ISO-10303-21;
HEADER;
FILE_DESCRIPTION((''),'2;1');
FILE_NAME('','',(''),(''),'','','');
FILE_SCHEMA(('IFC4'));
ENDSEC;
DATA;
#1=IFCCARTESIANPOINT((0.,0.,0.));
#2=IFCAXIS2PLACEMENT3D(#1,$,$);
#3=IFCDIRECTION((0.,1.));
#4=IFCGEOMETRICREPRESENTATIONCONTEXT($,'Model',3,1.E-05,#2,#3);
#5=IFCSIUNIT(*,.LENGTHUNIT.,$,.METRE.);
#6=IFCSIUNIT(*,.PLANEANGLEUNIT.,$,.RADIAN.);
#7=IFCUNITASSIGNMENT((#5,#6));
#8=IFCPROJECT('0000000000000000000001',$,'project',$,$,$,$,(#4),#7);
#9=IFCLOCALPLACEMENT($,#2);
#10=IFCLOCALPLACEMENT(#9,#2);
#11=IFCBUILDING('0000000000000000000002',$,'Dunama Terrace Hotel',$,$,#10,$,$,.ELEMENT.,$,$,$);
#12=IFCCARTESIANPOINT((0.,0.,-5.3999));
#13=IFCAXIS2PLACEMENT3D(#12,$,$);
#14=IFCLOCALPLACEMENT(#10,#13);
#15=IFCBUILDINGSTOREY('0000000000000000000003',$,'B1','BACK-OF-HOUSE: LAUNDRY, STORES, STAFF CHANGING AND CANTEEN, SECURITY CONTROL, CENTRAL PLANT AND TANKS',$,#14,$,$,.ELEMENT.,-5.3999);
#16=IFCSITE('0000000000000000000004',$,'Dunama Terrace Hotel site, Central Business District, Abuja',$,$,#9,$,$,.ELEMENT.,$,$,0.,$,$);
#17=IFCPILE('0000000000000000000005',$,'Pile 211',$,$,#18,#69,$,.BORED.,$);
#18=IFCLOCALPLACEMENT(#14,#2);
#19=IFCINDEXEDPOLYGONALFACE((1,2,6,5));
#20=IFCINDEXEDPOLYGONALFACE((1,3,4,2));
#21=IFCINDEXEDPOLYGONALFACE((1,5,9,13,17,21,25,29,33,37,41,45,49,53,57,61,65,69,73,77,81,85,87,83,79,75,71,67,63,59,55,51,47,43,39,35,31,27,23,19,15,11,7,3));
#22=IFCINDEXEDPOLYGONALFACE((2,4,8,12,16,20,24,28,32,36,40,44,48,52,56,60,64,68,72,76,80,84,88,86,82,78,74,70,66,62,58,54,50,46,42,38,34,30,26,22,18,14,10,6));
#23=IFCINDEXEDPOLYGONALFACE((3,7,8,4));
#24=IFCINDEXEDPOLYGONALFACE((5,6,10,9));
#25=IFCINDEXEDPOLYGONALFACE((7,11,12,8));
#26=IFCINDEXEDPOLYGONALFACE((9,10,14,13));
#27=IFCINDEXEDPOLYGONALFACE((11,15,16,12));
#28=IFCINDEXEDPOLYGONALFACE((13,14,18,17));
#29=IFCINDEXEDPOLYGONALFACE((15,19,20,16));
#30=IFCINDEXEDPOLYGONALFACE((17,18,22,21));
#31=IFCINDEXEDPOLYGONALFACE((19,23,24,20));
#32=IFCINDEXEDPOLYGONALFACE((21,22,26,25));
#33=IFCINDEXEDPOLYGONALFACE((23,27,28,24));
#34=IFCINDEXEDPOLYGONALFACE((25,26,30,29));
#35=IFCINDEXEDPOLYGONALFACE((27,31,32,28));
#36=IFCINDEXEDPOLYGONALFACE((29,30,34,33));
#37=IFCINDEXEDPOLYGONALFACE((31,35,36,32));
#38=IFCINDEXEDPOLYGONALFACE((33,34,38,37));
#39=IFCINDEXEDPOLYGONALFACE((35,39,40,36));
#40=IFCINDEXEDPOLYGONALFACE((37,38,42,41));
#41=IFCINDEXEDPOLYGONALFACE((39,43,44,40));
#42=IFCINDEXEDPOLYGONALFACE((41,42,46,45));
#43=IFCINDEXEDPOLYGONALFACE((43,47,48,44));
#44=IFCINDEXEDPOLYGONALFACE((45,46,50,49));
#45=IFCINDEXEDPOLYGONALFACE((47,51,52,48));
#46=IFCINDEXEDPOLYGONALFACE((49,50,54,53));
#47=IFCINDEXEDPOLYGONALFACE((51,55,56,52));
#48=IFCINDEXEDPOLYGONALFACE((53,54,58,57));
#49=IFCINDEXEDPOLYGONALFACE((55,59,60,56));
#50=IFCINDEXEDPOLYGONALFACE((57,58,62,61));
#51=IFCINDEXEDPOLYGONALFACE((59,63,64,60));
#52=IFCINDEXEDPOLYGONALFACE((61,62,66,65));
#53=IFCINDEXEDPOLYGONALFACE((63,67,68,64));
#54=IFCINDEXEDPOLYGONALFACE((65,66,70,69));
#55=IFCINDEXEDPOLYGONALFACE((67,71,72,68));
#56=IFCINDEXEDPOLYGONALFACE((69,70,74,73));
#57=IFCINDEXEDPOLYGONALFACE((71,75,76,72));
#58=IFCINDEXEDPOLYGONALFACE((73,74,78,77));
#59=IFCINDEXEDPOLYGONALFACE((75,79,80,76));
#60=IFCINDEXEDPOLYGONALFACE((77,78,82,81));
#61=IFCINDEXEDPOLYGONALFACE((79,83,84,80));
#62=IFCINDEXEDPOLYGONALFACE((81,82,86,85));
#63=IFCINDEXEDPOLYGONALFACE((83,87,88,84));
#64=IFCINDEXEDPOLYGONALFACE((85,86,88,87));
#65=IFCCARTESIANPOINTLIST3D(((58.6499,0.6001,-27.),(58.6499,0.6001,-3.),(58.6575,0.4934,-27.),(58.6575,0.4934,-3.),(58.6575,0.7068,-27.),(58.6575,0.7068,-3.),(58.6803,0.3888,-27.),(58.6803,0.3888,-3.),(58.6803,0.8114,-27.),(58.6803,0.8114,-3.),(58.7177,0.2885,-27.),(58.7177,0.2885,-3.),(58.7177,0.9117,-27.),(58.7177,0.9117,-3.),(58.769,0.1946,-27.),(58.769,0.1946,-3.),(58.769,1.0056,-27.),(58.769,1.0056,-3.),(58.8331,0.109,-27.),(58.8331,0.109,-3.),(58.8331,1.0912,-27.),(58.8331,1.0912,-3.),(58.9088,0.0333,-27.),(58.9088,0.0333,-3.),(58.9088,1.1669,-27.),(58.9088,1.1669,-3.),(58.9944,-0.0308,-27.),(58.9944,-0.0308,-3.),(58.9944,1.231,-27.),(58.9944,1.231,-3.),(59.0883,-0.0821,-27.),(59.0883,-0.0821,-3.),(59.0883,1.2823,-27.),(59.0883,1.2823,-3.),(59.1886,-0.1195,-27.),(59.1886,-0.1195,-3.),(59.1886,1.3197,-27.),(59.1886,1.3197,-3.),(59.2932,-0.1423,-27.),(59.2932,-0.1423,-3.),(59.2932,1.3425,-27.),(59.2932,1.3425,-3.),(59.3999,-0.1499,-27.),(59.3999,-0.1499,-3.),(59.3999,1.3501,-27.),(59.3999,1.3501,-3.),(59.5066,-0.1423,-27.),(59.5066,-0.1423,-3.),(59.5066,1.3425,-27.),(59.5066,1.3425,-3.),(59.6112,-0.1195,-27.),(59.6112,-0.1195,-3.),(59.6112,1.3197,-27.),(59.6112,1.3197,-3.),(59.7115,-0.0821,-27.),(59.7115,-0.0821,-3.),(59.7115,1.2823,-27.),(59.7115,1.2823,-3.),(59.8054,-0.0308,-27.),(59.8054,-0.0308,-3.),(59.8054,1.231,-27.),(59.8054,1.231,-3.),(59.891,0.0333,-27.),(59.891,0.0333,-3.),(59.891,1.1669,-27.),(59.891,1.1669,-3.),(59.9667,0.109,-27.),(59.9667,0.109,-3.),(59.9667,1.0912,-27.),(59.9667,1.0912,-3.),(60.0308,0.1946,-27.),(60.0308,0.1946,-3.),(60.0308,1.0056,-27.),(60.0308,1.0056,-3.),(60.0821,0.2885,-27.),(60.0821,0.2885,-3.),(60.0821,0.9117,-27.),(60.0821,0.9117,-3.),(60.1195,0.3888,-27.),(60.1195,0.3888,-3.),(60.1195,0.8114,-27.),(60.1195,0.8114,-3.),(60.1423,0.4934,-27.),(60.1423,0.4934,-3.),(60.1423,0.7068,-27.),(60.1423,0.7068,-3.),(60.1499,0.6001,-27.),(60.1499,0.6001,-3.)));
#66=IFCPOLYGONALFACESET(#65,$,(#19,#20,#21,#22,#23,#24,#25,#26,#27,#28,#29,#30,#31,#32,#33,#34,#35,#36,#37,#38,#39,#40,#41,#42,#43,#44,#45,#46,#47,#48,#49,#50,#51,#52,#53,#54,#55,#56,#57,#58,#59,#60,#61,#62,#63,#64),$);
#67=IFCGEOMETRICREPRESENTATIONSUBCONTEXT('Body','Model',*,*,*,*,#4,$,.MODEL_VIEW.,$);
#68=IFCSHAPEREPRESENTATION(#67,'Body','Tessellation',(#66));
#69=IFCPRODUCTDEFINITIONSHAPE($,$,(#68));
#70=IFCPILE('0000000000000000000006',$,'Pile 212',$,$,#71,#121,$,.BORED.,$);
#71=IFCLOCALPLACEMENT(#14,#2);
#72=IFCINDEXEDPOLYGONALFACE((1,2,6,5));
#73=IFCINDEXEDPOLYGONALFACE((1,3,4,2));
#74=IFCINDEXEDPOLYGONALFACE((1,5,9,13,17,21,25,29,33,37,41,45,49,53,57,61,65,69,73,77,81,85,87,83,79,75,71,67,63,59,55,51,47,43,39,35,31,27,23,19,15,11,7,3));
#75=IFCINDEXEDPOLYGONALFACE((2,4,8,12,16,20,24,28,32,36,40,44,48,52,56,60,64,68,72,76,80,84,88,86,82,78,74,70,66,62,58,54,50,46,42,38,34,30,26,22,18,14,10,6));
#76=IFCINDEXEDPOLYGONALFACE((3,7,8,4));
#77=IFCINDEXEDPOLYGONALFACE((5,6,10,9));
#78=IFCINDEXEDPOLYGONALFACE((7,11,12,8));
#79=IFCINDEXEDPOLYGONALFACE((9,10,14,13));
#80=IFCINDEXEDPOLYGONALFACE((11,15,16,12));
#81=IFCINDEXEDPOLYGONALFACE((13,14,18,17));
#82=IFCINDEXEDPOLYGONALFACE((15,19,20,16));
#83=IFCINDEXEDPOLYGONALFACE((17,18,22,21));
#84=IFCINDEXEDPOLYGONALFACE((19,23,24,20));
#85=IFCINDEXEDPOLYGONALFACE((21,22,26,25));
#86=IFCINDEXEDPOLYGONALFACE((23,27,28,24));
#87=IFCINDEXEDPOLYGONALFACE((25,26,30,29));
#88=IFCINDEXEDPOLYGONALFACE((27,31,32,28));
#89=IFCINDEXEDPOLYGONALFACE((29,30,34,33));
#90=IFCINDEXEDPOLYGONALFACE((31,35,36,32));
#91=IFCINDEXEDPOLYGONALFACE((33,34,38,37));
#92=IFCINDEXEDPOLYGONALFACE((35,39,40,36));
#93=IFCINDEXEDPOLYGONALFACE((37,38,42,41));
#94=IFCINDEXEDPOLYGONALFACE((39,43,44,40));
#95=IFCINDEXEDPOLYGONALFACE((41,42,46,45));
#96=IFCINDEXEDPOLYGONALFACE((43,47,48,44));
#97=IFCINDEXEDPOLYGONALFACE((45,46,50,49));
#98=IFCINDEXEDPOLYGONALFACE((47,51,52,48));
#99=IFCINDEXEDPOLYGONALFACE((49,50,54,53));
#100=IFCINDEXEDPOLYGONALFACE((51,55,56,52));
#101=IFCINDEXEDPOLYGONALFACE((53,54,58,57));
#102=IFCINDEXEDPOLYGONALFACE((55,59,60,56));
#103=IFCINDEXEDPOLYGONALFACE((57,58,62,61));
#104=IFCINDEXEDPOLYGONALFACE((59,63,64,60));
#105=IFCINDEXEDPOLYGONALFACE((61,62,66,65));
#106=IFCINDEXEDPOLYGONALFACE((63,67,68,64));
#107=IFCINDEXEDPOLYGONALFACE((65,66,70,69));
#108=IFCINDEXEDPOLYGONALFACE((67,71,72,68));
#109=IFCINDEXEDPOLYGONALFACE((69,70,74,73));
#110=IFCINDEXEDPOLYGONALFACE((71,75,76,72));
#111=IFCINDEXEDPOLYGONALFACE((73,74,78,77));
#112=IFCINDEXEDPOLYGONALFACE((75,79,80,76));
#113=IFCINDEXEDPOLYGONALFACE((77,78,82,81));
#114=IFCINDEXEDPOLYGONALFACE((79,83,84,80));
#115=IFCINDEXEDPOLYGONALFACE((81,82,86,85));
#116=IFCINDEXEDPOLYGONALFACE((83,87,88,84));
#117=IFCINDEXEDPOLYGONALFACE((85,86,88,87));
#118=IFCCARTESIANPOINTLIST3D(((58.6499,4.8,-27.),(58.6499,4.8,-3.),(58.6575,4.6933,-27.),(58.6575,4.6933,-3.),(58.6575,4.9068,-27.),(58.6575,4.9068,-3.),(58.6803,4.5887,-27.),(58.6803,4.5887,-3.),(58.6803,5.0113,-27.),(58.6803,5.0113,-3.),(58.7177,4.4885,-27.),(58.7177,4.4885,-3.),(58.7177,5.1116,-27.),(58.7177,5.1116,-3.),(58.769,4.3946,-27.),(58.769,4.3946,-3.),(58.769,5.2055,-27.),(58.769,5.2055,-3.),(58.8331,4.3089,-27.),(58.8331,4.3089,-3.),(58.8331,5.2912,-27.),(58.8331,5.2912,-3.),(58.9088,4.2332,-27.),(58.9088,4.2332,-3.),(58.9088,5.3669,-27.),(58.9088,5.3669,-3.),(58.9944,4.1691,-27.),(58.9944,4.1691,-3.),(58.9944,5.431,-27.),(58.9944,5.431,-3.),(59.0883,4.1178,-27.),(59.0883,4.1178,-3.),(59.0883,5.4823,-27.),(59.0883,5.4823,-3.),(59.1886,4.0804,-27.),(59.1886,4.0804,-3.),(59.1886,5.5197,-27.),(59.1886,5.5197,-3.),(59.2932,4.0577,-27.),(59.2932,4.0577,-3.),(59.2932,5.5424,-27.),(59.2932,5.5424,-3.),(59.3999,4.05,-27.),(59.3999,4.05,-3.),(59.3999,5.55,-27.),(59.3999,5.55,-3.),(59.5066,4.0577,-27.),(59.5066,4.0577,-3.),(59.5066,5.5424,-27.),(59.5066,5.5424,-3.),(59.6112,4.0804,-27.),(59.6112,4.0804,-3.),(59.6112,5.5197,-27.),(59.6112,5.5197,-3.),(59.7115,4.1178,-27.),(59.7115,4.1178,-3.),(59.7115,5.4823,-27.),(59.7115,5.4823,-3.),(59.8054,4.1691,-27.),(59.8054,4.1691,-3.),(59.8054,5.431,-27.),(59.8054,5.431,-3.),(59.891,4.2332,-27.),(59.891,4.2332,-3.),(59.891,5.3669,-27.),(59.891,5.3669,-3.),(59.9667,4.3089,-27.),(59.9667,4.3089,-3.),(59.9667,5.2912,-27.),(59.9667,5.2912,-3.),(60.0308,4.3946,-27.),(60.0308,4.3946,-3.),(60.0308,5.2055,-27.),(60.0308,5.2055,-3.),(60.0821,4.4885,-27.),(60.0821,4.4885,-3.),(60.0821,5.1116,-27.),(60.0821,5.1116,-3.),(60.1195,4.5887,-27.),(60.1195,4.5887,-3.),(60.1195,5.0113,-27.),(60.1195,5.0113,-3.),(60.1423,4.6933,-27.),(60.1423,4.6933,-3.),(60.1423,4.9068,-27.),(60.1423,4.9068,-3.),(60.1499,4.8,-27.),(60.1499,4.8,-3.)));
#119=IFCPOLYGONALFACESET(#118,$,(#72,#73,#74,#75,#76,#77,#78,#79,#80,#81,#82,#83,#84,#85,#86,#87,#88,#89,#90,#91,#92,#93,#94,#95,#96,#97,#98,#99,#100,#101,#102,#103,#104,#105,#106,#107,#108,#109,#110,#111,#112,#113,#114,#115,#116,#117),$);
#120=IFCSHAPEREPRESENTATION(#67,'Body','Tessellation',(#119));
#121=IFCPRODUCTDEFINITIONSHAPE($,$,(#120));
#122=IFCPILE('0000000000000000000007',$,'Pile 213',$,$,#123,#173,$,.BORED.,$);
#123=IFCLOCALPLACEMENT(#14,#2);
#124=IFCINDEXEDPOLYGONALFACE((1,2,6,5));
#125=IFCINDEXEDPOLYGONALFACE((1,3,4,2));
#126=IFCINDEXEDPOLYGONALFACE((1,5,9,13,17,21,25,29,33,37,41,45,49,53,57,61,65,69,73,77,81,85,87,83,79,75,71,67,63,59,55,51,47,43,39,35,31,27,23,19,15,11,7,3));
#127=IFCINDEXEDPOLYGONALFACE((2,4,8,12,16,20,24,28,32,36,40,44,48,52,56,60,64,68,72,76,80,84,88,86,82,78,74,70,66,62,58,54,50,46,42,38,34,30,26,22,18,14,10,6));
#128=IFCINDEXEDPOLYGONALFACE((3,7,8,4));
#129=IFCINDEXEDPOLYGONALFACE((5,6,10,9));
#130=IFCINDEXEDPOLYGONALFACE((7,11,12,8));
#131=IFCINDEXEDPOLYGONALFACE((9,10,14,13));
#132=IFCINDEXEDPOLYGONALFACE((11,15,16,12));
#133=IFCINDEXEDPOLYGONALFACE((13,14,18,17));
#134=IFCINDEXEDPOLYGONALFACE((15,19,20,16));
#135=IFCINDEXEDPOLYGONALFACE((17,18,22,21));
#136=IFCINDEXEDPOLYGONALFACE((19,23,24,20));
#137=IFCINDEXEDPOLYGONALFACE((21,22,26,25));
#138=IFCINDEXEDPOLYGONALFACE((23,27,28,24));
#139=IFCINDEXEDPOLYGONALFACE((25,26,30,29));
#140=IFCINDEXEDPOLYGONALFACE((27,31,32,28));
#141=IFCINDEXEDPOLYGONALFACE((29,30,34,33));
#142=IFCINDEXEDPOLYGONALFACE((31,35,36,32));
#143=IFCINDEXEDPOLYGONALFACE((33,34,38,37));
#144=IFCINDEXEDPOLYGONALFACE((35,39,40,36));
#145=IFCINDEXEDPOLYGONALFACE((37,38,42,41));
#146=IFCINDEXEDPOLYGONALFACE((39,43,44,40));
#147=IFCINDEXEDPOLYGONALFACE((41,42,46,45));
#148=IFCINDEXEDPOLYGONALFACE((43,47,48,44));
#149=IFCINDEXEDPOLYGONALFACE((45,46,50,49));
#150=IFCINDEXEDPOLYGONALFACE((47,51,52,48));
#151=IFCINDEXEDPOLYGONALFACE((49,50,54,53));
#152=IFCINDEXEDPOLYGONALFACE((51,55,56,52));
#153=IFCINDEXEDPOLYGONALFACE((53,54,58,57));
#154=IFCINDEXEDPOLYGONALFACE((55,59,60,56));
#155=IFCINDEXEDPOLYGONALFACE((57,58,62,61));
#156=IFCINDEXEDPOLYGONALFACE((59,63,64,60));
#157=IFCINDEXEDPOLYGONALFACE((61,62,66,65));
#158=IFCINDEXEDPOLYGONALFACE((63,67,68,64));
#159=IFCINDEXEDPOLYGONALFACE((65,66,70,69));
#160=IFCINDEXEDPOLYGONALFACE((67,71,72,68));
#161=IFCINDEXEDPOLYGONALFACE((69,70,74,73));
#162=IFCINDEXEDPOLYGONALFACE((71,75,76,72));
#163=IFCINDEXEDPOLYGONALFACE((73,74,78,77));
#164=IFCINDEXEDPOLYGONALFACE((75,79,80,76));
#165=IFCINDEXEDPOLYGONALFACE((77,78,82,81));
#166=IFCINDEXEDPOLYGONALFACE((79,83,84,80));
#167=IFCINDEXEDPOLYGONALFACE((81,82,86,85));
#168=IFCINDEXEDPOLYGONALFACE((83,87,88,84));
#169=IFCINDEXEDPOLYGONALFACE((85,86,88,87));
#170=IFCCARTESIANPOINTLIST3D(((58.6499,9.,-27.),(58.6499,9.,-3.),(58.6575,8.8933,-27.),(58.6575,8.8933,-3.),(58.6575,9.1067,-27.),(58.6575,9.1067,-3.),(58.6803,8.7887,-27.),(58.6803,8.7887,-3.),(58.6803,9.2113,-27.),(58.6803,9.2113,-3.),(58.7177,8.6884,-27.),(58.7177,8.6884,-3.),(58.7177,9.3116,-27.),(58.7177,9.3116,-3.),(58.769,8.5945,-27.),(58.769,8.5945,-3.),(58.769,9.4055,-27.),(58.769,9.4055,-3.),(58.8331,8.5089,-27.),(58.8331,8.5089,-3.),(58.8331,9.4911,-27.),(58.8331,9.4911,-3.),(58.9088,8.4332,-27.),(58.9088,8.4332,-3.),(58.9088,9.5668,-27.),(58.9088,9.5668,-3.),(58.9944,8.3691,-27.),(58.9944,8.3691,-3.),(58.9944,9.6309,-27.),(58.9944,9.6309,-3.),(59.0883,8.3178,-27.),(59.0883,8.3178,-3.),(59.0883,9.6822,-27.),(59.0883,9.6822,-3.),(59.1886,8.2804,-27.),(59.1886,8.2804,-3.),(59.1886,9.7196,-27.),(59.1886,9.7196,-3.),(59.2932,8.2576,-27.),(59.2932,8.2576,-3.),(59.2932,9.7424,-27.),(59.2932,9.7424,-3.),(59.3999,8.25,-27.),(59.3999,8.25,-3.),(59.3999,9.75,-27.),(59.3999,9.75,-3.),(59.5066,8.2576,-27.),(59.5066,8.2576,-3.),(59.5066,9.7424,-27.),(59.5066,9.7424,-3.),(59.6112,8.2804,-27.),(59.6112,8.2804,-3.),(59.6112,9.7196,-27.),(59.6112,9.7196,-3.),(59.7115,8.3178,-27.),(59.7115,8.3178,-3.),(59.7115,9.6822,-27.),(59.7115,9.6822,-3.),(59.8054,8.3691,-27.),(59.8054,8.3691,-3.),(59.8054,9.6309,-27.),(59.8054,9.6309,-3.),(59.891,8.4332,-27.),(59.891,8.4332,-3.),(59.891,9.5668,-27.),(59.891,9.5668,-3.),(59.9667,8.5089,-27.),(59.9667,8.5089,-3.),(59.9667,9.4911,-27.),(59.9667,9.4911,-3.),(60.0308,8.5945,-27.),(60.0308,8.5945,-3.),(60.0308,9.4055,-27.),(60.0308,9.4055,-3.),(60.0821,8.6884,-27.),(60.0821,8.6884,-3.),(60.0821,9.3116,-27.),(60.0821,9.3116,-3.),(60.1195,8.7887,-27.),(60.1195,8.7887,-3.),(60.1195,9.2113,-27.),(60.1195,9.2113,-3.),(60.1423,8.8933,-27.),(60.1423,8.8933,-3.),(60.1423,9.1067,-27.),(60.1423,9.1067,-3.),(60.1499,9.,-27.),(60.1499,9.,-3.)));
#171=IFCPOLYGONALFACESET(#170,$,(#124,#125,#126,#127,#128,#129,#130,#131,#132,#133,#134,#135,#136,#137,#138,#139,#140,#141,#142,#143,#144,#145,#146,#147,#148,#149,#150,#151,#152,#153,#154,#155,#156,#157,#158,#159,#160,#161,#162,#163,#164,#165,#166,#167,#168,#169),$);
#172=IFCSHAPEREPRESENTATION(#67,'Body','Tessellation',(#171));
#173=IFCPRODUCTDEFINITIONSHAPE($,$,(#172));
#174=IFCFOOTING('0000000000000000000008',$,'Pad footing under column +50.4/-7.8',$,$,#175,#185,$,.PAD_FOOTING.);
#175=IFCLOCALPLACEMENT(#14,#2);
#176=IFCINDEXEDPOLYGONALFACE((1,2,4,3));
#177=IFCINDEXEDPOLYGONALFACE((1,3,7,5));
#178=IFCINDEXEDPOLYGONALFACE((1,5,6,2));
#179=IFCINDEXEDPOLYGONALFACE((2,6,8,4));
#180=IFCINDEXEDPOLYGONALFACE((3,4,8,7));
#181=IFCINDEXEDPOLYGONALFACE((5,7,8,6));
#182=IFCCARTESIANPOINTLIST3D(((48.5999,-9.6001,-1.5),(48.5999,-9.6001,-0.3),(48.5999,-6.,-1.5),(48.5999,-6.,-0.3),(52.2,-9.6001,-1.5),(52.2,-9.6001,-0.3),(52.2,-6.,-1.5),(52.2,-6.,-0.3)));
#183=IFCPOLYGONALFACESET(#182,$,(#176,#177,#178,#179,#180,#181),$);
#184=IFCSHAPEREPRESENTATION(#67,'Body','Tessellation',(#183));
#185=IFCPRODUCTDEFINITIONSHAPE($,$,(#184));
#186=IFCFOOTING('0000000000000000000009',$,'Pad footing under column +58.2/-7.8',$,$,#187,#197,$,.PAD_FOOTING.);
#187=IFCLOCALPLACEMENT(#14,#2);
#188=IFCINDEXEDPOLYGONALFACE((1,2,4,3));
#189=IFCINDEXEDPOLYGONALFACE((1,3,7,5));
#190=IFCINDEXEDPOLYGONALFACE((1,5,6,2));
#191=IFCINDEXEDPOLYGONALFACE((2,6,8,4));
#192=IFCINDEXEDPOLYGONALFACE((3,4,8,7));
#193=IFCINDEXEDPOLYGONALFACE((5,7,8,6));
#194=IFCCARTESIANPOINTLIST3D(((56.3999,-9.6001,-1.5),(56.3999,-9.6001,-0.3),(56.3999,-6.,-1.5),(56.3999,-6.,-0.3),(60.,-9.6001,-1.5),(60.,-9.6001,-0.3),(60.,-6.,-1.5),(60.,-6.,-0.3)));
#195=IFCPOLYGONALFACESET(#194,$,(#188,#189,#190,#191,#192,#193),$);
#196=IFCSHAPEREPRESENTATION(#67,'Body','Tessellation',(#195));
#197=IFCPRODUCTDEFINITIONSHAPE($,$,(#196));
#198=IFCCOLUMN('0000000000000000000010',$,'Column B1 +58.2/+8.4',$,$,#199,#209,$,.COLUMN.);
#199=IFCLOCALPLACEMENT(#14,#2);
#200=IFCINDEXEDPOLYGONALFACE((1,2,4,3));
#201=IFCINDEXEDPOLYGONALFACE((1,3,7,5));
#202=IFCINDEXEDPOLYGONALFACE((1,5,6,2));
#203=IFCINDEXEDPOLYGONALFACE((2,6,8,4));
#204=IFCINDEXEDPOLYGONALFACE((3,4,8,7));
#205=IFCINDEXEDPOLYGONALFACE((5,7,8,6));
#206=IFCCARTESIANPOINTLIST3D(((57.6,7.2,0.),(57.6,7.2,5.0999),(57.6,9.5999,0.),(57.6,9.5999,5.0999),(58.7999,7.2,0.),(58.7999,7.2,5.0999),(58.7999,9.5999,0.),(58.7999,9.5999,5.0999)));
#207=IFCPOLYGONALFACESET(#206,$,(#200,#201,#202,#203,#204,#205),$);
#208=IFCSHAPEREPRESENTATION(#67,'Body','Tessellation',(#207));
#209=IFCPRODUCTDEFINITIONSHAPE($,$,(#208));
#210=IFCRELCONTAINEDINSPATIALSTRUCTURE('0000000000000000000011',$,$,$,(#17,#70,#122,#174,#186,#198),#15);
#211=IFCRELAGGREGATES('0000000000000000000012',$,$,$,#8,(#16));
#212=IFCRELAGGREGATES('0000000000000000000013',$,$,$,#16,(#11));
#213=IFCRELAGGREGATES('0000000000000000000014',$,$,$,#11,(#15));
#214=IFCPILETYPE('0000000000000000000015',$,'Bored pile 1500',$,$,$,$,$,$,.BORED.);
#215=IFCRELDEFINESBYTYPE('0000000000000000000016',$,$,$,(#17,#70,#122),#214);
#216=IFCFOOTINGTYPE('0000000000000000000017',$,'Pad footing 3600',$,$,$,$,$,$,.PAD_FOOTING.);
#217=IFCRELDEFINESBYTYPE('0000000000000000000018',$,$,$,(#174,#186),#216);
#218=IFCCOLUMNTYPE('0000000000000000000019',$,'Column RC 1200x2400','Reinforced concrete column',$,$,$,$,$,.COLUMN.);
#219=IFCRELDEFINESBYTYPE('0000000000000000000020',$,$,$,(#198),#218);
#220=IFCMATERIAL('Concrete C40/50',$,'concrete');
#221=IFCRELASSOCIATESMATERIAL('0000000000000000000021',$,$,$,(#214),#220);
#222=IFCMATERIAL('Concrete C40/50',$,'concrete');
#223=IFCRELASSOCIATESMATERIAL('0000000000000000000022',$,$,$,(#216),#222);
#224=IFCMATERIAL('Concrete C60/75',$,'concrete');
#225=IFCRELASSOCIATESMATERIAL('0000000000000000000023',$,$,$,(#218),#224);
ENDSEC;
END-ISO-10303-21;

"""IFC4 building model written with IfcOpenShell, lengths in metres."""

from ifc_helpers import new_model, si_unit, direction, frame, origin, origin_2d, place, context, subcontext, project, spatial, rectangle, circle, extrude, material, material_profile, profile_set, type_object, element, save


model = new_model("IFC4")

# Units and contexts
model_context = context("Model", 3, precision=1e-05, world=origin(), true_north=direction((0.0, 1.0)))
body_context = subcontext(model_context, "Body", "Model", "MODEL_VIEW")
ifc_project = project(units=[si_unit("LENGTHUNIT", "METRE"), si_unit("PLANEANGLEUNIT", "RADIAN")], contexts=[model_context])

# Site, building, storey
site_placement = place(None, origin())
site = spatial("IfcSite", under=ifc_project, at=site_placement, Name="Dunama Terrace Hotel site, Central Business District, Abuja", CompositionType="ELEMENT", RefElevation=0.0)
building_placement = place(site_placement, origin())
building = spatial("IfcBuilding", under=site, at=building_placement, Name="Dunama Terrace Hotel", CompositionType="ELEMENT")
storey_placement = place(building_placement, frame((0.0, 0.0, -5.3999)))
storey = spatial("IfcBuildingStorey", under=building, at=storey_placement, Name="B1", Description="BACK-OF-HOUSE: LAUNDRY, STORES, STAFF CHANGING AND CANTEEN, SECURITY CONTROL, CENTRAL PLANT AND TANKS", CompositionType="ELEMENT", Elevation=-5.3999)

# Piles
ifc_material_1 = material(Name="Concrete C40/50", Category="concrete")
ifc_material_profile_1 = material_profile(ifc_material_1, circle(Radius=0.75, at=origin_2d()), Name="PILE D1500")
ifc_profile_set_1 = profile_set([ifc_material_profile_1], Name="Concrete C40/50")
pile_type = type_object("IfcPileType", Name="Bored pile 1500", PredefinedType="BORED", material=ifc_profile_set_1)
for number, where, z_axis, x_axis, name in (
    (1, (59.3999, 0.6001, -3.0), (0.0, 0.0, -1.0), (1.0, 0.0, 0.0), "Pile 211"),
    (2, (59.3999, 4.8, -3.0), (0.0, 0.0, -1.0), (1.0, 0.0, 0.0), "Pile 212"),
    (3, (59.3999, 9.0, -3.0), (0.0, 0.0, -1.0), (1.0, 0.0, 0.0), "Pile 213"),
):
    element("IfcPile", number, at=place(storey_placement, frame(where, z_axis=z_axis, x_axis=x_axis)), inside=storey, type_object=pile_type, Name=name, PredefinedType="BORED", context=body_context, shape_type="SweptSolid", body=[
        extrude(circle(Radius=0.75, at=origin_2d()), origin(), (0.0, 0.0, 1.0), 24.0),
    ])

# Footings
ifc_material_2 = material(Name="Concrete C40/50", Category="concrete")
footing_type = type_object("IfcFootingType", Name="Pad footing 3600", PredefinedType="PAD_FOOTING", material=ifc_material_2)
for number, where, z_axis, x_axis, name in (
    (4, (50.3999, -7.8, -1.5), (0.0, 0.0, 1.0), (1.0, 0.0, 0.0), "Pad footing under column +50.4/-7.8"),
    (5, (58.2, -7.8, -1.5), (0.0, 0.0, 1.0), (1.0, 0.0, 0.0), "Pad footing under column +58.2/-7.8"),
):
    element("IfcFooting", number, at=place(storey_placement, frame(where, z_axis=z_axis, x_axis=x_axis)), inside=storey, type_object=footing_type, Name=name, PredefinedType="PAD_FOOTING", context=body_context, shape_type="SweptSolid", body=[
        extrude(rectangle(XDim=3.6001, YDim=3.6001, at=origin_2d()), origin(), (0.0, 0.0, 1.0), 1.2),
    ])

# Column
ifc_material_3 = material(Name="Concrete C60/75", Category="concrete")
ifc_material_profile_2 = material_profile(ifc_material_3, rectangle(XDim=1.2, YDim=2.3999, at=origin_2d()), Name="RC 1200x2400")
ifc_profile_set_2 = profile_set([ifc_material_profile_2], Name="Concrete C60/75")
column_type_1 = type_object("IfcColumnType", Name="Column RC 1200x2400", Description="Reinforced concrete column", PredefinedType="COLUMN", material=ifc_profile_set_2)
column_placement = place(storey_placement, frame((58.2, 8.3999, 0.0), z_axis=(0.0, 0.0, 1.0), x_axis=(1.0, 0.0, 0.0)))
element("IfcColumn", 6, at=column_placement, inside=storey, type_object=column_type_1, Name="Column B1 +58.2/+8.4", PredefinedType="COLUMN", context=body_context, shape_type="SweptSolid", body=[
    extrude(rectangle(XDim=1.2, YDim=2.3999, at=origin_2d()), origin(), (0.0, 0.0, 1.0), 5.0999),
])

save(model, "model.ifc")
